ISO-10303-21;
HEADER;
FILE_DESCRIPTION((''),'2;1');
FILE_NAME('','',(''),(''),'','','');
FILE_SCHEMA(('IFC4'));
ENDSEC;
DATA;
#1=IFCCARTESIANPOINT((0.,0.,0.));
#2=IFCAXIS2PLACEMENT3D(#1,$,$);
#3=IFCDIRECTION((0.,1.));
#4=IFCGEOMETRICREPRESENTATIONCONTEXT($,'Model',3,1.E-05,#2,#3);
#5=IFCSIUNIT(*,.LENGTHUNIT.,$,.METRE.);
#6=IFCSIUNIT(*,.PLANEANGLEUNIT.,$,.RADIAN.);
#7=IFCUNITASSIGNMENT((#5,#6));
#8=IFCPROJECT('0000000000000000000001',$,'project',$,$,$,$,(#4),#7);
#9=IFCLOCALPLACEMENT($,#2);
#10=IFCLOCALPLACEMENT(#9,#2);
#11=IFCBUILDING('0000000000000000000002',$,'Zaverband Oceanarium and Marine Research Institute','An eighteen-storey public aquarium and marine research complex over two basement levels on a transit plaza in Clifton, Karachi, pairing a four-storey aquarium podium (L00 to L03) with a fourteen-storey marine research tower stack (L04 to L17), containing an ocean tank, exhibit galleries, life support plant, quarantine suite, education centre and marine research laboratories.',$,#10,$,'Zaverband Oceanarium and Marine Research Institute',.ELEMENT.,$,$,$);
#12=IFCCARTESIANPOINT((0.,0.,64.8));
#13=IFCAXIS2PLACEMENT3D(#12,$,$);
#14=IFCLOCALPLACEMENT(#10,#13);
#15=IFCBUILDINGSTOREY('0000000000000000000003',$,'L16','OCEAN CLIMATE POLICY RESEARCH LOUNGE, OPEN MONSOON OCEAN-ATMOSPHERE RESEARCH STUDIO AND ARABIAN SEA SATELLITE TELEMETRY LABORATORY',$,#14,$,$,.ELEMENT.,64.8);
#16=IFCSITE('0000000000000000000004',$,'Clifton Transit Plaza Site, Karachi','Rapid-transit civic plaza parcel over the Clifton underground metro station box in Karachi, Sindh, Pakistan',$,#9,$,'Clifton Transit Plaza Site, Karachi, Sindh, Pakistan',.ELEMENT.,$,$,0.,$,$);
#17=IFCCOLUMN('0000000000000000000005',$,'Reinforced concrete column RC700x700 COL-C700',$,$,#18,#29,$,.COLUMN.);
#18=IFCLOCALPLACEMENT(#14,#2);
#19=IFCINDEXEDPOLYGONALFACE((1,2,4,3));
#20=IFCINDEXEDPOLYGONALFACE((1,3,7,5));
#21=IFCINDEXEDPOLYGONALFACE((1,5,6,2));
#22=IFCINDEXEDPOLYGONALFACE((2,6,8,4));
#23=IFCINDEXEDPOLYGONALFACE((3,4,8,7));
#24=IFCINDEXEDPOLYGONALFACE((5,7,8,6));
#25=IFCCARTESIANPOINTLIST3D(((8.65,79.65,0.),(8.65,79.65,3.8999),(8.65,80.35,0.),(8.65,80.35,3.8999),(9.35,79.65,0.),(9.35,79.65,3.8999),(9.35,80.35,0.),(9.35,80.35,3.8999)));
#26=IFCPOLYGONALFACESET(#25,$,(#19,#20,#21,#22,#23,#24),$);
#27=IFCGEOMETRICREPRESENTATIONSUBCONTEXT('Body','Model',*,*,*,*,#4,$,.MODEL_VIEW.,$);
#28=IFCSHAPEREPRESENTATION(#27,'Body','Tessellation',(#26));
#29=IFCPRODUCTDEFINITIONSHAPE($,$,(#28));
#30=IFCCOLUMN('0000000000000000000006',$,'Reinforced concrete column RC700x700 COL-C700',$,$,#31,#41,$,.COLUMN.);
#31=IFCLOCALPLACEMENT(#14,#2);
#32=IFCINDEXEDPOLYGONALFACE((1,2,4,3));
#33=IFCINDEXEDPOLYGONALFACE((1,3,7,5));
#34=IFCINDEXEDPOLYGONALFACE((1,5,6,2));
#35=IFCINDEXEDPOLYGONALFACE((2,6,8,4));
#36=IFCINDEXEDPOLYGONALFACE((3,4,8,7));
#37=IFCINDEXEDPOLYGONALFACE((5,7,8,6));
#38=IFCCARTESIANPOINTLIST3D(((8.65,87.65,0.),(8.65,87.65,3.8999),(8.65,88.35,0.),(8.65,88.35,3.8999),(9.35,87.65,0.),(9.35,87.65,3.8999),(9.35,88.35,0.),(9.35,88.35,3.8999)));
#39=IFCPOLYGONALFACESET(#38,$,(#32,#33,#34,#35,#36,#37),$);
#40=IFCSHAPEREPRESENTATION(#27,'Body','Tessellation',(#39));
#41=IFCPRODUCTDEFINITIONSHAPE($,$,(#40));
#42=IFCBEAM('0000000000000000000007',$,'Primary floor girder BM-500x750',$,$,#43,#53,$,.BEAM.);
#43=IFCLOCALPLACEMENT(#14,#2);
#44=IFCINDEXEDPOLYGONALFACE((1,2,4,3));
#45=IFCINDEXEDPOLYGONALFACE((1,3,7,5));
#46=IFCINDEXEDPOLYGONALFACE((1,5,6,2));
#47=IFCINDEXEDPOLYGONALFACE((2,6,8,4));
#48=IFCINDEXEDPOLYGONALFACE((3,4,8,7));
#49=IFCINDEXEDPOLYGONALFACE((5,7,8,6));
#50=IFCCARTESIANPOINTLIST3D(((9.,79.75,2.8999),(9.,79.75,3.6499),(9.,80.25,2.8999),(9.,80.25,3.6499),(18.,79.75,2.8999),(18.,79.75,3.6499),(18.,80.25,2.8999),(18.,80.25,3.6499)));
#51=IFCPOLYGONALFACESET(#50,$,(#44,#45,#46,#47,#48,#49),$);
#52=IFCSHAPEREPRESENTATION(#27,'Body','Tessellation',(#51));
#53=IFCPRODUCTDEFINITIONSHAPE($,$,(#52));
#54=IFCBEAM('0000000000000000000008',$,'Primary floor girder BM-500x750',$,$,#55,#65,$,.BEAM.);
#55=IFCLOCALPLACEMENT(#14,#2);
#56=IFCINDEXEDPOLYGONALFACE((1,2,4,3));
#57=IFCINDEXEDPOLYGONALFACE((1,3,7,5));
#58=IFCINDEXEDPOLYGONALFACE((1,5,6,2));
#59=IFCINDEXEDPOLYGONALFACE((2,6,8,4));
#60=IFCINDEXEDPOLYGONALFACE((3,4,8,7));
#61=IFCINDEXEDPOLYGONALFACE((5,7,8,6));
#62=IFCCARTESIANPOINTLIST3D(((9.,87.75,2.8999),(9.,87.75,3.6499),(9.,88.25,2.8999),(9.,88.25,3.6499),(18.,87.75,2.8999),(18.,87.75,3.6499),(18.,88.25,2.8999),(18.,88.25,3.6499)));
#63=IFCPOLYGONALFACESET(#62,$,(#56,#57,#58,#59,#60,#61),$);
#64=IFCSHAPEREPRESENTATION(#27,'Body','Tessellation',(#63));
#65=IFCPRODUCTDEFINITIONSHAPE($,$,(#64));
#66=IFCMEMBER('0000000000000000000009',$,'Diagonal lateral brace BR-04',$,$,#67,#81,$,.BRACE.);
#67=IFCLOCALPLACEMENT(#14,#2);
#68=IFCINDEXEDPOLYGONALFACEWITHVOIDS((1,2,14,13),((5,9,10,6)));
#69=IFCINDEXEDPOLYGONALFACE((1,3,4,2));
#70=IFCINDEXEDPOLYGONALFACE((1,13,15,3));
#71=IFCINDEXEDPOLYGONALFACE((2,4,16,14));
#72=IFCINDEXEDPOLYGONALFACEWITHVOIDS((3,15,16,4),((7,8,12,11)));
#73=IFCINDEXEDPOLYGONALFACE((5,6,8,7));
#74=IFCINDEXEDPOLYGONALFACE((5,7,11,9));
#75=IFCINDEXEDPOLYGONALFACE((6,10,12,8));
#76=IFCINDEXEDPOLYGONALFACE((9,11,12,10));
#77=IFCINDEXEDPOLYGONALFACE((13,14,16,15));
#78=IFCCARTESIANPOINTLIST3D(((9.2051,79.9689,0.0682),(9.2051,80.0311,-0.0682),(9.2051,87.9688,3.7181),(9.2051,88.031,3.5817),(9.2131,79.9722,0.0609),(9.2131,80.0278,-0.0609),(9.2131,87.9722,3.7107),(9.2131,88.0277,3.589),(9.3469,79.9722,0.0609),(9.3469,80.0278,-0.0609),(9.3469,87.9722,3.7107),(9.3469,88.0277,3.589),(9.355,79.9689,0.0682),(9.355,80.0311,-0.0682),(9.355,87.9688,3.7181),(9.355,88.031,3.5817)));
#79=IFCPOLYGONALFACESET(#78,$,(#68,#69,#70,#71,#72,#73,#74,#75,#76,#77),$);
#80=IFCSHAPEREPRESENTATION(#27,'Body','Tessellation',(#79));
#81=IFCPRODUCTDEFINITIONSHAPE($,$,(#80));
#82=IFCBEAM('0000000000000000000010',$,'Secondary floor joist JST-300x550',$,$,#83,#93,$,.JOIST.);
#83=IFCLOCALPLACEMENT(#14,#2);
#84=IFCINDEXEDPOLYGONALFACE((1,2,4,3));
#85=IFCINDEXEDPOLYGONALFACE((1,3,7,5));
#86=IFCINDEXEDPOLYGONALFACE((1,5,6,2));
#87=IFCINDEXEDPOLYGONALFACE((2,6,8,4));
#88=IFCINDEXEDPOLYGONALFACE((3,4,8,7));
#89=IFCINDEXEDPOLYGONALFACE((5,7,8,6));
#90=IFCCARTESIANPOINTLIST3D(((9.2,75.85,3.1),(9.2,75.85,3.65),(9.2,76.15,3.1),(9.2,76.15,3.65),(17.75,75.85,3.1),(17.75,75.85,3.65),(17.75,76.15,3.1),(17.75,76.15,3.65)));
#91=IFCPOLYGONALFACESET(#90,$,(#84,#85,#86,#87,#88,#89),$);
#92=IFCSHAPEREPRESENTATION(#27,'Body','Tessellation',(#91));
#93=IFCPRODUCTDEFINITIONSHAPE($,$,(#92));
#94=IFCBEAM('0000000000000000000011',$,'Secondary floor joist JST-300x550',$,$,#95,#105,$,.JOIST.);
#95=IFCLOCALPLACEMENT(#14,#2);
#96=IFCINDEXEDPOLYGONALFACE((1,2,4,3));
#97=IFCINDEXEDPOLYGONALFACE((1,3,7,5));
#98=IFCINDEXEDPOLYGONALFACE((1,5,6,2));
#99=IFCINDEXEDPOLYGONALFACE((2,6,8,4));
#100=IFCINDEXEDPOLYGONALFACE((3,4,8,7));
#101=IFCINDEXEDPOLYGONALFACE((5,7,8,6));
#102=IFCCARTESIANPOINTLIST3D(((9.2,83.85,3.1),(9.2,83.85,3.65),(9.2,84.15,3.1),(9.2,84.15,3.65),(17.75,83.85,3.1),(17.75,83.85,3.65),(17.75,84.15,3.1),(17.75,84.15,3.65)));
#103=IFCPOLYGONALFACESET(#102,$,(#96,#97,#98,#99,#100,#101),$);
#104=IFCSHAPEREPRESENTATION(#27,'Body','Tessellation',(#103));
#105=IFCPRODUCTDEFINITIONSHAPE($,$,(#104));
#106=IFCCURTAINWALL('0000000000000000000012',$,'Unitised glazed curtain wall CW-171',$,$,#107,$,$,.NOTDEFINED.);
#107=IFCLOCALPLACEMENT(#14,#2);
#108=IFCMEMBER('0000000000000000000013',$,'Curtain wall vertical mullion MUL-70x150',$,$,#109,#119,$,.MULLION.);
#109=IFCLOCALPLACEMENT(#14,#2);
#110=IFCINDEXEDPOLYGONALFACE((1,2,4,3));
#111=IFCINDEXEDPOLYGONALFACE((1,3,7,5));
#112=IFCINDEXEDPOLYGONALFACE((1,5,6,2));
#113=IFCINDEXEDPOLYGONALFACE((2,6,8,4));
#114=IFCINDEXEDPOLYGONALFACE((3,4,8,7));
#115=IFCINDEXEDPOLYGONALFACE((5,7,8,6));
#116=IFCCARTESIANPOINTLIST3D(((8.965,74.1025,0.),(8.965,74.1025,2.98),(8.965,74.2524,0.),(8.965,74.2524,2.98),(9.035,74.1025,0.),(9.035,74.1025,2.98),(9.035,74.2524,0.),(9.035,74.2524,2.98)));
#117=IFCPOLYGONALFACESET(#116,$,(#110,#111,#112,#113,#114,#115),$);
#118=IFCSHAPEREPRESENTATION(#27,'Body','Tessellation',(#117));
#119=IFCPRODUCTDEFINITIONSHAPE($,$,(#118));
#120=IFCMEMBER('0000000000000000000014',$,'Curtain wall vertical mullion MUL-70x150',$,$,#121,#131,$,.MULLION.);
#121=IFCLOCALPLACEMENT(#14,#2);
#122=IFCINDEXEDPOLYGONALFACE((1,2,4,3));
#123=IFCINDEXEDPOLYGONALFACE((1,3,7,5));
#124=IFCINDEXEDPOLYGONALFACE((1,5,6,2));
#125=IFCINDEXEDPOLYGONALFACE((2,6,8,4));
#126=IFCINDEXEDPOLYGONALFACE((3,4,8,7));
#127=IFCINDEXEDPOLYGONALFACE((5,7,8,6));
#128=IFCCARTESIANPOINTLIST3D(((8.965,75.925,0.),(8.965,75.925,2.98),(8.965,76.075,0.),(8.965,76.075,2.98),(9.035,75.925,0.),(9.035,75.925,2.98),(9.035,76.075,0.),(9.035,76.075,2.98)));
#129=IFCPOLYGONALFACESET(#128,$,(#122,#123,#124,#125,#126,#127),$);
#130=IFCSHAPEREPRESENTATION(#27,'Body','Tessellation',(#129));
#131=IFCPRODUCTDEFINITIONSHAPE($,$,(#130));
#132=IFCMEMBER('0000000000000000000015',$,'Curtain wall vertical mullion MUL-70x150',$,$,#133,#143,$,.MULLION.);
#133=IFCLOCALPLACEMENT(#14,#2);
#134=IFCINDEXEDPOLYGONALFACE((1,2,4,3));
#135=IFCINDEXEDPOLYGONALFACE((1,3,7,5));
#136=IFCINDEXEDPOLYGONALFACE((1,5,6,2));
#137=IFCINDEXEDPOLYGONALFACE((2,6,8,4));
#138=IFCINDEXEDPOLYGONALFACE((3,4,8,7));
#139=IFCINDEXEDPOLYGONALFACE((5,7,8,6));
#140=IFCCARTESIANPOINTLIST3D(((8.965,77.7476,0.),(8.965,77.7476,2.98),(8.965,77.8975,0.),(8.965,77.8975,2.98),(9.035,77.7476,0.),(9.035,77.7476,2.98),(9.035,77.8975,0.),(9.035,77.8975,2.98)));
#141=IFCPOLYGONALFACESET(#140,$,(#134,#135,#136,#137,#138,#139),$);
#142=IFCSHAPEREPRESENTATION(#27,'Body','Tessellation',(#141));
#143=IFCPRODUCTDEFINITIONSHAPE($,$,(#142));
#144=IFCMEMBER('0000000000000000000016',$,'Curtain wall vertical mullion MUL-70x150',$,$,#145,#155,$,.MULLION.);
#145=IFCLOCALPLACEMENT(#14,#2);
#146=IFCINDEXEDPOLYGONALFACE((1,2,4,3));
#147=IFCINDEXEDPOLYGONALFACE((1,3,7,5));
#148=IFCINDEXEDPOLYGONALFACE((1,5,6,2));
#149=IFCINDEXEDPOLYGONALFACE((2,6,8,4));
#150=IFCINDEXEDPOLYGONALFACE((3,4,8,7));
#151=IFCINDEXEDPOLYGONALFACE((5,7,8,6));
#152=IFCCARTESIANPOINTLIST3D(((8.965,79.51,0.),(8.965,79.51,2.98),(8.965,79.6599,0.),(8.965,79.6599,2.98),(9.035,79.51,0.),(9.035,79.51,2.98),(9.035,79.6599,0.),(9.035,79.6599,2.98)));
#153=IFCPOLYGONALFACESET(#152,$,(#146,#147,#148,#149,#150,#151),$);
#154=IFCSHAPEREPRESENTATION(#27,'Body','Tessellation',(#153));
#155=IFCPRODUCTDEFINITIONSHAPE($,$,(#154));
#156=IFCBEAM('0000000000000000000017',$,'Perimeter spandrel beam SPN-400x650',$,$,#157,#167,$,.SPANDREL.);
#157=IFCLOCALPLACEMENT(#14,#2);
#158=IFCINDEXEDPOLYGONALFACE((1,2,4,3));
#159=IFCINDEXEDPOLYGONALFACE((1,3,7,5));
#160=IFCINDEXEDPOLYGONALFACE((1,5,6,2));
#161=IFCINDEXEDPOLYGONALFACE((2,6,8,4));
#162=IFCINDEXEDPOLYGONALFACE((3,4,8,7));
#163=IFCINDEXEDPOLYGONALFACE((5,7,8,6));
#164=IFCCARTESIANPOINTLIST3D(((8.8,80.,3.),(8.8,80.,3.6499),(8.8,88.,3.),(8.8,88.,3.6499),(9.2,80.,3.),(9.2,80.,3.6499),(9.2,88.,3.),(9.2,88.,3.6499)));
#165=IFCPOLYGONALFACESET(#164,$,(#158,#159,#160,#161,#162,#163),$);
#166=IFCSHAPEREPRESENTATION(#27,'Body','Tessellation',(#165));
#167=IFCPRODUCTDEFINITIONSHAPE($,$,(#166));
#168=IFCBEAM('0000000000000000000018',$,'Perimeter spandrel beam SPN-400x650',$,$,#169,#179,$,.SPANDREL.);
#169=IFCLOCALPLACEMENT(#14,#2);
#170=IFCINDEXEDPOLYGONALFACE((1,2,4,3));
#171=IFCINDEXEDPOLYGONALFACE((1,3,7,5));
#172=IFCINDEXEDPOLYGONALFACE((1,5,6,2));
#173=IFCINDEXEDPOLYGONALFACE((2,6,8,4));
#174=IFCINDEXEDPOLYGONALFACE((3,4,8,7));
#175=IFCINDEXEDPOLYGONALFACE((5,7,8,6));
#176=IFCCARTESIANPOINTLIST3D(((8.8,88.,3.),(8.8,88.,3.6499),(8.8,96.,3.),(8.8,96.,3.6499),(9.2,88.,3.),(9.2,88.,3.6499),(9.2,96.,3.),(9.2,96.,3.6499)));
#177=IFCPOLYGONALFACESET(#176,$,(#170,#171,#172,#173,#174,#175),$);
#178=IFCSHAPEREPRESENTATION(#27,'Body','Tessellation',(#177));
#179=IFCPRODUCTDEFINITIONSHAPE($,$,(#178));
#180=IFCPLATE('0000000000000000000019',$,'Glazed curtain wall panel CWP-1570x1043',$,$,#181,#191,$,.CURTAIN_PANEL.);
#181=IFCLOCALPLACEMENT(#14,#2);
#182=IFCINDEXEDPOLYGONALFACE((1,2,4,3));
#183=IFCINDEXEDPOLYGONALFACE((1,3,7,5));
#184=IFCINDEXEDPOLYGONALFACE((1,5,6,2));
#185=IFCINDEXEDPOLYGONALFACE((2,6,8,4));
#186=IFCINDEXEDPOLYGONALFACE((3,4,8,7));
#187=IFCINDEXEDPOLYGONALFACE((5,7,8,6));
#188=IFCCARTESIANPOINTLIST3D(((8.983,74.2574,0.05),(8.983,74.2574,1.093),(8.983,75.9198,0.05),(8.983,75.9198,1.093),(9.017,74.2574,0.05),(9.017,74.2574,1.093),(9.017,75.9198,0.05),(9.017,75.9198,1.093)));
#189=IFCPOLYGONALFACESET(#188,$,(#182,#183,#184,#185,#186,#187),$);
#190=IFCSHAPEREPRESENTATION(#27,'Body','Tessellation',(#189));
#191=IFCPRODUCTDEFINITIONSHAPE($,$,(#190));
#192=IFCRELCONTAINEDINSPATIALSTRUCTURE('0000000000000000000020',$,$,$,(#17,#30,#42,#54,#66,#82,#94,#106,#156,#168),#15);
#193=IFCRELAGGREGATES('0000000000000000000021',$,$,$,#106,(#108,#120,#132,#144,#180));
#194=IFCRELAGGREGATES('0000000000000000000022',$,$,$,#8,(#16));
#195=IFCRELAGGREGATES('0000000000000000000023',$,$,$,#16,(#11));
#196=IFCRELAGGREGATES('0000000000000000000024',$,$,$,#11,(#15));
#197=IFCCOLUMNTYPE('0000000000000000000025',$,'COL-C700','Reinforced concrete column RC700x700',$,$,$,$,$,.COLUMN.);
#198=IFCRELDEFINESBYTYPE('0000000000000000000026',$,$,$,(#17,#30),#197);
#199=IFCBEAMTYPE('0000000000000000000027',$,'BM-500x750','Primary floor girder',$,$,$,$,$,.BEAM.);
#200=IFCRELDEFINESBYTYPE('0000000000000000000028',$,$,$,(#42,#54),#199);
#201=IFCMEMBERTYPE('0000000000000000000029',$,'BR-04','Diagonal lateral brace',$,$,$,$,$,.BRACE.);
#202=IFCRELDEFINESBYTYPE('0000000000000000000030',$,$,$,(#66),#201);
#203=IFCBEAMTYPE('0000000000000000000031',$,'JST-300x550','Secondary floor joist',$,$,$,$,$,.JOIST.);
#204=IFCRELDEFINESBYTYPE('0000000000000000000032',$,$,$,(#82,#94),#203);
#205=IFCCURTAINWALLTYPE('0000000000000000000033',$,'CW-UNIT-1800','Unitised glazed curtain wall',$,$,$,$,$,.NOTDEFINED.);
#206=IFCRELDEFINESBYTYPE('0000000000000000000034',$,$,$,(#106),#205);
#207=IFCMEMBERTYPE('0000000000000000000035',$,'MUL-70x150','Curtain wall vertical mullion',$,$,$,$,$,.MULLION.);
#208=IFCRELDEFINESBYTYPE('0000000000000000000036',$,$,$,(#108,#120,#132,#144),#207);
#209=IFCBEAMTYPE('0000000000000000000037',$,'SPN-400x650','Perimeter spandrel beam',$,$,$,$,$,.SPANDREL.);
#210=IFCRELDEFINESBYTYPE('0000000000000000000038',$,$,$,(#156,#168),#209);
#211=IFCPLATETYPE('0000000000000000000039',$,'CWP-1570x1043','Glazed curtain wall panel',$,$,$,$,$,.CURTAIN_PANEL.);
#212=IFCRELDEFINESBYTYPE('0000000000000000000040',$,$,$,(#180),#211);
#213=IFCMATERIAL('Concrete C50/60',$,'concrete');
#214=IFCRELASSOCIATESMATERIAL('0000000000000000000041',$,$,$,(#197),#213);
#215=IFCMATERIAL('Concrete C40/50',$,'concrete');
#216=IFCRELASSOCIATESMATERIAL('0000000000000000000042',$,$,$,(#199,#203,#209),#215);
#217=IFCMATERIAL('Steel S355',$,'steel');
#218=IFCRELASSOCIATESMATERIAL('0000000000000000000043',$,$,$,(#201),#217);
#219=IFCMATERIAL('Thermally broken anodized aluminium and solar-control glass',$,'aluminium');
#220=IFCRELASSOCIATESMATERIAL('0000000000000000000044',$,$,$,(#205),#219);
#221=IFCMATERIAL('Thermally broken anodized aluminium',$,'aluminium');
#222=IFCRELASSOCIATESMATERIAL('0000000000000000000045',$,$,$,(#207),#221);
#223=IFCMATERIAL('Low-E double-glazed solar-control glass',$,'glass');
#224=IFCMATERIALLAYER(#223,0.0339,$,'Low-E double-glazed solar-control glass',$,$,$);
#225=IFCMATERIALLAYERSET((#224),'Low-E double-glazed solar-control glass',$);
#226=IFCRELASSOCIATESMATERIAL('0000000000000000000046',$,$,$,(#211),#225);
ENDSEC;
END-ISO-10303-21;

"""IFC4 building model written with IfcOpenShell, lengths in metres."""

from ifc_helpers import new_model, si_unit, direction, frame, frame_2d, origin, origin_2d, place, context, subcontext, project, spatial, rectangle, hollow_rectangle, extrude, material, layer, layer_set, material_profile, profile_set, type_object, element, aggregate, save


model = new_model("IFC4")

# Units and contexts
model_context = context("Model", 3, precision=1e-05, world=origin(), true_north=direction((0.0, 1.0)))
body_context = subcontext(model_context, "Body", "Model", "MODEL_VIEW")
ifc_project = project(units=[si_unit("LENGTHUNIT", "METRE"), si_unit("PLANEANGLEUNIT", "RADIAN")], contexts=[model_context])

# Site, building, storey
site_placement = place(None, origin())
site = spatial("IfcSite", under=ifc_project, at=site_placement, Name="Clifton Transit Plaza Site, Karachi", Description="Rapid-transit civic plaza parcel over the Clifton underground metro station box in Karachi, Sindh, Pakistan", LongName="Clifton Transit Plaza Site, Karachi, Sindh, Pakistan", CompositionType="ELEMENT", RefElevation=0.0)
building_placement = place(site_placement, origin())
building = spatial("IfcBuilding", under=site, at=building_placement, Name="Zaverband Oceanarium and Marine Research Institute", Description="An eighteen-storey public aquarium and marine research complex over two basement levels on a transit plaza in Clifton, Karachi, pairing a four-storey aquarium podium (L00 to L03) with a fourteen-storey marine research tower stack (L04 to L17), containing an ocean tank, exhibit galleries, life support plant, quarantine suite, education centre and marine research laboratories.", LongName="Zaverband Oceanarium and Marine Research Institute", CompositionType="ELEMENT")
storey_placement = place(building_placement, frame((0.0, 0.0, 64.8)))
storey = spatial("IfcBuildingStorey", under=building, at=storey_placement, Name="L16", Description="OCEAN CLIMATE POLICY RESEARCH LOUNGE, OPEN MONSOON OCEAN-ATMOSPHERE RESEARCH STUDIO AND ARABIAN SEA SATELLITE TELEMETRY LABORATORY", CompositionType="ELEMENT", Elevation=64.8)

# Columns
ifc_material_1 = material(Name="Concrete C50/60", Category="concrete")
ifc_material_profile_1 = material_profile(ifc_material_1, rectangle(XDim=0.7, YDim=0.7, at=origin_2d()), Name="RC700x700")
ifc_profile_set_1 = profile_set([ifc_material_profile_1], Name="Concrete C50/60")
column_type = type_object("IfcColumnType", Name="COL-C700", Description="Reinforced concrete column RC700x700", PredefinedType="COLUMN", material=ifc_profile_set_1)
for number, where, z_axis, x_axis, name in (
    (1, (9.0, 80.0, 0.0), (0.0, 0.0, 1.0), (1.0, 0.0, 0.0), "Reinforced concrete column RC700x700 COL-C700"),
    (2, (9.0, 88.0, 0.0), (0.0, 0.0, 1.0), (1.0, 0.0, 0.0), "Reinforced concrete column RC700x700 COL-C700"),
):
    element("IfcColumn", number, at=place(storey_placement, frame(where, z_axis=z_axis, x_axis=x_axis)), inside=storey, type_object=column_type, Name=name, PredefinedType="COLUMN", context=body_context, shape_type="SweptSolid", body=[
        extrude(rectangle(XDim=0.7, YDim=0.7, at=origin_2d()), origin(), (0.0, 0.0, 1.0), 3.8999),
    ])

# Beams
ifc_material_2 = material(Name="Concrete C40/50", Category="concrete")
ifc_material_profile_2 = material_profile(ifc_material_2, rectangle(XDim=0.5, YDim=0.75, at=origin_2d()), Name="RC500x750")
ifc_profile_set_2 = profile_set([ifc_material_profile_2], Name="Concrete C40/50")
beam_type_1 = type_object("IfcBeamType", Name="BM-500x750", Description="Primary floor girder", PredefinedType="BEAM", material=ifc_profile_set_2)
for number, where, z_axis, x_axis, name in (
    (3, (9.0, 80.0, 3.2749), (1.0, 0.0, 0.0), (0.0, 1.0, 0.0), "Primary floor girder BM-500x750"),
    (4, (9.0, 88.0, 3.2749), (1.0, 0.0, 0.0), (0.0, 1.0, 0.0), "Primary floor girder BM-500x750"),
):
    element("IfcBeam", number, at=place(storey_placement, frame(where, z_axis=z_axis, x_axis=x_axis)), inside=storey, type_object=beam_type_1, Name=name, PredefinedType="BEAM", context=body_context, shape_type="SweptSolid", body=[
        extrude(rectangle(XDim=0.5, YDim=0.75, at=origin_2d()), origin(), (0.0, 0.0, 1.0), 9.0),
    ])

# Member
ifc_material_3 = material(Name="Steel S355", Category="steel")
ifc_material_profile_3 = material_profile(ifc_material_3, hollow_rectangle(XDim=0.1499, YDim=0.1499, WallThickness=0.0081, at=origin_2d()), Name="SHS150x150x8")
ifc_profile_set_3 = profile_set([ifc_material_profile_3], Name="Steel S355")
member_type_1 = type_object("IfcMemberType", Name="BR-04", Description="Diagonal lateral brace", PredefinedType="BRACE", material=ifc_profile_set_3)
member_1_placement = place(storey_placement, frame((9.28, 80.0, 0.0), z_axis=(0.0, 0.909786, 0.415079), x_axis=(-1.0, 0.0, 0.0)))
element("IfcMember", 5, at=member_1_placement, inside=storey, type_object=member_type_1, Name="Diagonal lateral brace BR-04", PredefinedType="BRACE", context=body_context, shape_type="SweptSolid", body=[
    extrude(hollow_rectangle(XDim=0.1499, YDim=0.1499, WallThickness=0.0081, at=origin_2d()), origin(), (0.0, 0.0, 1.0), 8.7932),
])

# Beams
ifc_material_profile_4 = material_profile(ifc_material_2, rectangle(XDim=0.3, YDim=0.55, at=origin_2d()), Name="RC300x550")
ifc_profile_set_4 = profile_set([ifc_material_profile_4], Name="Concrete C40/50")
beam_type_2 = type_object("IfcBeamType", Name="JST-300x550", Description="Secondary floor joist", PredefinedType="JOIST", material=ifc_profile_set_4)
for number, where, z_axis, x_axis, name in (
    (6, (9.2, 76.0, 3.375), (1.0, 0.0, 0.0), (0.0, 1.0, 0.0), "Secondary floor joist JST-300x550"),
    (7, (9.2, 84.0, 3.375), (1.0, 0.0, 0.0), (0.0, 1.0, 0.0), "Secondary floor joist JST-300x550"),
):
    element("IfcBeam", number, at=place(storey_placement, frame(where, z_axis=z_axis, x_axis=x_axis)), inside=storey, type_object=beam_type_2, Name=name, PredefinedType="JOIST", context=body_context, shape_type="SweptSolid", body=[
        extrude(rectangle(XDim=0.3, YDim=0.55, at=origin_2d()), origin(), (0.0, 0.0, 1.0), 8.55),
    ])

# Curtain wall, members
ifc_material_4 = material(Name="Thermally broken anodized aluminium and solar-control glass", Category="aluminium")
curtain_wall_type = type_object("IfcCurtainWallType", Name="CW-UNIT-1800", Description="Unitised glazed curtain wall", PredefinedType="NOTDEFINED", material=ifc_material_4)
curtain_wall_placement = place(storey_placement, origin())
curtain_wall = element("IfcCurtainWall", 8, at=curtain_wall_placement, inside=storey, type_object=curtain_wall_type, Name="Unitised glazed curtain wall CW-171", PredefinedType="NOTDEFINED")
ifc_material_5 = material(Name="Thermally broken anodized aluminium", Category="aluminium")
ifc_material_profile_5 = material_profile(ifc_material_5, rectangle(XDim=0.0701, YDim=0.1499, at=origin_2d()), Name="AL-MUL-70x150")
ifc_profile_set_5 = profile_set([ifc_material_profile_5], Name="Thermally broken anodized aluminium")
member_type_2 = type_object("IfcMemberType", Name="MUL-70x150", Description="Curtain wall vertical mullion", PredefinedType="MULLION", material=ifc_profile_set_5)
member_2_placement = place(storey_placement, frame((9.0, 74.1775, 0.0), z_axis=(0.0, 0.0, 1.0), x_axis=(1.0, 0.0, 0.0)))
member_2 = element("IfcMember", 9, at=member_2_placement, type_object=member_type_2, Name="Curtain wall vertical mullion MUL-70x150", PredefinedType="MULLION", context=body_context, shape_type="SweptSolid", body=[
    extrude(rectangle(XDim=0.0701, YDim=0.1499, at=origin_2d()), origin(), (0.0, 0.0, 1.0), 2.98),
])
member_3_placement = place(storey_placement, frame((9.0, 76.0, 0.0), z_axis=(0.0, 0.0, 1.0), x_axis=(1.0, 0.0, 0.0)))
member_3 = element("IfcMember", 10, at=member_3_placement, type_object=member_type_2, Name="Curtain wall vertical mullion MUL-70x150", PredefinedType="MULLION", context=body_context, shape_type="SweptSolid", body=[
    extrude(rectangle(XDim=0.0701, YDim=0.1499, at=origin_2d()), origin(), (0.0, 0.0, 1.0), 2.98),
])
member_4_placement = place(storey_placement, frame((9.0, 77.8225, 0.0), z_axis=(0.0, 0.0, 1.0), x_axis=(1.0, 0.0, 0.0)))
member_4 = element("IfcMember", 11, at=member_4_placement, type_object=member_type_2, Name="Curtain wall vertical mullion MUL-70x150", PredefinedType="MULLION", context=body_context, shape_type="SweptSolid", body=[
    extrude(rectangle(XDim=0.0701, YDim=0.1499, at=origin_2d()), origin(), (0.0, 0.0, 1.0), 2.98),
])
member_5_placement = place(storey_placement, frame((9.0, 79.585, 0.0), z_axis=(0.0, 0.0, 1.0), x_axis=(1.0, 0.0, 0.0)))
member_5 = element("IfcMember", 12, at=member_5_placement, type_object=member_type_2, Name="Curtain wall vertical mullion MUL-70x150", PredefinedType="MULLION", context=body_context, shape_type="SweptSolid", body=[
    extrude(rectangle(XDim=0.0701, YDim=0.1499, at=origin_2d()), origin(), (0.0, 0.0, 1.0), 2.98),
])

# Beams
ifc_material_profile_6 = material_profile(ifc_material_2, rectangle(XDim=0.3999, YDim=0.6499, at=origin_2d()), Name="RC400x650")
ifc_profile_set_6 = profile_set([ifc_material_profile_6], Name="Concrete C40/50")
beam_type_3 = type_object("IfcBeamType", Name="SPN-400x650", Description="Perimeter spandrel beam", PredefinedType="SPANDREL", material=ifc_profile_set_6)
for number, where, z_axis, x_axis, name in (
    (13, (9.0, 80.0, 3.325), (0.0, 1.0, 0.0), (-1.0, 0.0, 0.0), "Perimeter spandrel beam SPN-400x650"),
    (14, (9.0, 88.0, 3.325), (0.0, 1.0, 0.0), (-1.0, 0.0, 0.0), "Perimeter spandrel beam SPN-400x650"),
):
    element("IfcBeam", number, at=place(storey_placement, frame(where, z_axis=z_axis, x_axis=x_axis)), inside=storey, type_object=beam_type_3, Name=name, PredefinedType="SPANDREL", context=body_context, shape_type="SweptSolid", body=[
        extrude(rectangle(XDim=0.3999, YDim=0.6499, at=origin_2d()), origin(), (0.0, 0.0, 1.0), 8.0),
    ])

# Plate
ifc_material_6 = material(Name="Low-E double-glazed solar-control glass", Category="glass")
ifc_layer_1 = layer(ifc_material_6, 0.0339, Name="Low-E double-glazed solar-control glass")
ifc_layer_set_1 = layer_set([ifc_layer_1], Name="Low-E double-glazed solar-control glass")
plate_type_1 = type_object("IfcPlateType", Name="CWP-1570x1043", Description="Glazed curtain wall panel", PredefinedType="CURTAIN_PANEL", material=ifc_layer_set_1)
plate_1_placement = place(storey_placement, frame((9.0, 74.2576, 0.05), z_axis=(0.0, 0.0, 1.0), x_axis=(0.0, 1.0, 0.0)))
plate_1 = element("IfcPlate", 15, at=plate_1_placement, type_object=plate_type_1, Name="Glazed curtain wall panel CWP-1570x1043", PredefinedType="CURTAIN_PANEL", context=body_context, shape_type="SweptSolid", body=[
    extrude(rectangle(XDim=1.6624, YDim=0.0339, at=frame_2d((0.8311, 0.0))), origin(), (0.0, 0.0, 1.0), 1.043),
])
aggregate(curtain_wall, [member_2, member_3, member_4, member_5, plate_1])

save(model, "model.ifc")
